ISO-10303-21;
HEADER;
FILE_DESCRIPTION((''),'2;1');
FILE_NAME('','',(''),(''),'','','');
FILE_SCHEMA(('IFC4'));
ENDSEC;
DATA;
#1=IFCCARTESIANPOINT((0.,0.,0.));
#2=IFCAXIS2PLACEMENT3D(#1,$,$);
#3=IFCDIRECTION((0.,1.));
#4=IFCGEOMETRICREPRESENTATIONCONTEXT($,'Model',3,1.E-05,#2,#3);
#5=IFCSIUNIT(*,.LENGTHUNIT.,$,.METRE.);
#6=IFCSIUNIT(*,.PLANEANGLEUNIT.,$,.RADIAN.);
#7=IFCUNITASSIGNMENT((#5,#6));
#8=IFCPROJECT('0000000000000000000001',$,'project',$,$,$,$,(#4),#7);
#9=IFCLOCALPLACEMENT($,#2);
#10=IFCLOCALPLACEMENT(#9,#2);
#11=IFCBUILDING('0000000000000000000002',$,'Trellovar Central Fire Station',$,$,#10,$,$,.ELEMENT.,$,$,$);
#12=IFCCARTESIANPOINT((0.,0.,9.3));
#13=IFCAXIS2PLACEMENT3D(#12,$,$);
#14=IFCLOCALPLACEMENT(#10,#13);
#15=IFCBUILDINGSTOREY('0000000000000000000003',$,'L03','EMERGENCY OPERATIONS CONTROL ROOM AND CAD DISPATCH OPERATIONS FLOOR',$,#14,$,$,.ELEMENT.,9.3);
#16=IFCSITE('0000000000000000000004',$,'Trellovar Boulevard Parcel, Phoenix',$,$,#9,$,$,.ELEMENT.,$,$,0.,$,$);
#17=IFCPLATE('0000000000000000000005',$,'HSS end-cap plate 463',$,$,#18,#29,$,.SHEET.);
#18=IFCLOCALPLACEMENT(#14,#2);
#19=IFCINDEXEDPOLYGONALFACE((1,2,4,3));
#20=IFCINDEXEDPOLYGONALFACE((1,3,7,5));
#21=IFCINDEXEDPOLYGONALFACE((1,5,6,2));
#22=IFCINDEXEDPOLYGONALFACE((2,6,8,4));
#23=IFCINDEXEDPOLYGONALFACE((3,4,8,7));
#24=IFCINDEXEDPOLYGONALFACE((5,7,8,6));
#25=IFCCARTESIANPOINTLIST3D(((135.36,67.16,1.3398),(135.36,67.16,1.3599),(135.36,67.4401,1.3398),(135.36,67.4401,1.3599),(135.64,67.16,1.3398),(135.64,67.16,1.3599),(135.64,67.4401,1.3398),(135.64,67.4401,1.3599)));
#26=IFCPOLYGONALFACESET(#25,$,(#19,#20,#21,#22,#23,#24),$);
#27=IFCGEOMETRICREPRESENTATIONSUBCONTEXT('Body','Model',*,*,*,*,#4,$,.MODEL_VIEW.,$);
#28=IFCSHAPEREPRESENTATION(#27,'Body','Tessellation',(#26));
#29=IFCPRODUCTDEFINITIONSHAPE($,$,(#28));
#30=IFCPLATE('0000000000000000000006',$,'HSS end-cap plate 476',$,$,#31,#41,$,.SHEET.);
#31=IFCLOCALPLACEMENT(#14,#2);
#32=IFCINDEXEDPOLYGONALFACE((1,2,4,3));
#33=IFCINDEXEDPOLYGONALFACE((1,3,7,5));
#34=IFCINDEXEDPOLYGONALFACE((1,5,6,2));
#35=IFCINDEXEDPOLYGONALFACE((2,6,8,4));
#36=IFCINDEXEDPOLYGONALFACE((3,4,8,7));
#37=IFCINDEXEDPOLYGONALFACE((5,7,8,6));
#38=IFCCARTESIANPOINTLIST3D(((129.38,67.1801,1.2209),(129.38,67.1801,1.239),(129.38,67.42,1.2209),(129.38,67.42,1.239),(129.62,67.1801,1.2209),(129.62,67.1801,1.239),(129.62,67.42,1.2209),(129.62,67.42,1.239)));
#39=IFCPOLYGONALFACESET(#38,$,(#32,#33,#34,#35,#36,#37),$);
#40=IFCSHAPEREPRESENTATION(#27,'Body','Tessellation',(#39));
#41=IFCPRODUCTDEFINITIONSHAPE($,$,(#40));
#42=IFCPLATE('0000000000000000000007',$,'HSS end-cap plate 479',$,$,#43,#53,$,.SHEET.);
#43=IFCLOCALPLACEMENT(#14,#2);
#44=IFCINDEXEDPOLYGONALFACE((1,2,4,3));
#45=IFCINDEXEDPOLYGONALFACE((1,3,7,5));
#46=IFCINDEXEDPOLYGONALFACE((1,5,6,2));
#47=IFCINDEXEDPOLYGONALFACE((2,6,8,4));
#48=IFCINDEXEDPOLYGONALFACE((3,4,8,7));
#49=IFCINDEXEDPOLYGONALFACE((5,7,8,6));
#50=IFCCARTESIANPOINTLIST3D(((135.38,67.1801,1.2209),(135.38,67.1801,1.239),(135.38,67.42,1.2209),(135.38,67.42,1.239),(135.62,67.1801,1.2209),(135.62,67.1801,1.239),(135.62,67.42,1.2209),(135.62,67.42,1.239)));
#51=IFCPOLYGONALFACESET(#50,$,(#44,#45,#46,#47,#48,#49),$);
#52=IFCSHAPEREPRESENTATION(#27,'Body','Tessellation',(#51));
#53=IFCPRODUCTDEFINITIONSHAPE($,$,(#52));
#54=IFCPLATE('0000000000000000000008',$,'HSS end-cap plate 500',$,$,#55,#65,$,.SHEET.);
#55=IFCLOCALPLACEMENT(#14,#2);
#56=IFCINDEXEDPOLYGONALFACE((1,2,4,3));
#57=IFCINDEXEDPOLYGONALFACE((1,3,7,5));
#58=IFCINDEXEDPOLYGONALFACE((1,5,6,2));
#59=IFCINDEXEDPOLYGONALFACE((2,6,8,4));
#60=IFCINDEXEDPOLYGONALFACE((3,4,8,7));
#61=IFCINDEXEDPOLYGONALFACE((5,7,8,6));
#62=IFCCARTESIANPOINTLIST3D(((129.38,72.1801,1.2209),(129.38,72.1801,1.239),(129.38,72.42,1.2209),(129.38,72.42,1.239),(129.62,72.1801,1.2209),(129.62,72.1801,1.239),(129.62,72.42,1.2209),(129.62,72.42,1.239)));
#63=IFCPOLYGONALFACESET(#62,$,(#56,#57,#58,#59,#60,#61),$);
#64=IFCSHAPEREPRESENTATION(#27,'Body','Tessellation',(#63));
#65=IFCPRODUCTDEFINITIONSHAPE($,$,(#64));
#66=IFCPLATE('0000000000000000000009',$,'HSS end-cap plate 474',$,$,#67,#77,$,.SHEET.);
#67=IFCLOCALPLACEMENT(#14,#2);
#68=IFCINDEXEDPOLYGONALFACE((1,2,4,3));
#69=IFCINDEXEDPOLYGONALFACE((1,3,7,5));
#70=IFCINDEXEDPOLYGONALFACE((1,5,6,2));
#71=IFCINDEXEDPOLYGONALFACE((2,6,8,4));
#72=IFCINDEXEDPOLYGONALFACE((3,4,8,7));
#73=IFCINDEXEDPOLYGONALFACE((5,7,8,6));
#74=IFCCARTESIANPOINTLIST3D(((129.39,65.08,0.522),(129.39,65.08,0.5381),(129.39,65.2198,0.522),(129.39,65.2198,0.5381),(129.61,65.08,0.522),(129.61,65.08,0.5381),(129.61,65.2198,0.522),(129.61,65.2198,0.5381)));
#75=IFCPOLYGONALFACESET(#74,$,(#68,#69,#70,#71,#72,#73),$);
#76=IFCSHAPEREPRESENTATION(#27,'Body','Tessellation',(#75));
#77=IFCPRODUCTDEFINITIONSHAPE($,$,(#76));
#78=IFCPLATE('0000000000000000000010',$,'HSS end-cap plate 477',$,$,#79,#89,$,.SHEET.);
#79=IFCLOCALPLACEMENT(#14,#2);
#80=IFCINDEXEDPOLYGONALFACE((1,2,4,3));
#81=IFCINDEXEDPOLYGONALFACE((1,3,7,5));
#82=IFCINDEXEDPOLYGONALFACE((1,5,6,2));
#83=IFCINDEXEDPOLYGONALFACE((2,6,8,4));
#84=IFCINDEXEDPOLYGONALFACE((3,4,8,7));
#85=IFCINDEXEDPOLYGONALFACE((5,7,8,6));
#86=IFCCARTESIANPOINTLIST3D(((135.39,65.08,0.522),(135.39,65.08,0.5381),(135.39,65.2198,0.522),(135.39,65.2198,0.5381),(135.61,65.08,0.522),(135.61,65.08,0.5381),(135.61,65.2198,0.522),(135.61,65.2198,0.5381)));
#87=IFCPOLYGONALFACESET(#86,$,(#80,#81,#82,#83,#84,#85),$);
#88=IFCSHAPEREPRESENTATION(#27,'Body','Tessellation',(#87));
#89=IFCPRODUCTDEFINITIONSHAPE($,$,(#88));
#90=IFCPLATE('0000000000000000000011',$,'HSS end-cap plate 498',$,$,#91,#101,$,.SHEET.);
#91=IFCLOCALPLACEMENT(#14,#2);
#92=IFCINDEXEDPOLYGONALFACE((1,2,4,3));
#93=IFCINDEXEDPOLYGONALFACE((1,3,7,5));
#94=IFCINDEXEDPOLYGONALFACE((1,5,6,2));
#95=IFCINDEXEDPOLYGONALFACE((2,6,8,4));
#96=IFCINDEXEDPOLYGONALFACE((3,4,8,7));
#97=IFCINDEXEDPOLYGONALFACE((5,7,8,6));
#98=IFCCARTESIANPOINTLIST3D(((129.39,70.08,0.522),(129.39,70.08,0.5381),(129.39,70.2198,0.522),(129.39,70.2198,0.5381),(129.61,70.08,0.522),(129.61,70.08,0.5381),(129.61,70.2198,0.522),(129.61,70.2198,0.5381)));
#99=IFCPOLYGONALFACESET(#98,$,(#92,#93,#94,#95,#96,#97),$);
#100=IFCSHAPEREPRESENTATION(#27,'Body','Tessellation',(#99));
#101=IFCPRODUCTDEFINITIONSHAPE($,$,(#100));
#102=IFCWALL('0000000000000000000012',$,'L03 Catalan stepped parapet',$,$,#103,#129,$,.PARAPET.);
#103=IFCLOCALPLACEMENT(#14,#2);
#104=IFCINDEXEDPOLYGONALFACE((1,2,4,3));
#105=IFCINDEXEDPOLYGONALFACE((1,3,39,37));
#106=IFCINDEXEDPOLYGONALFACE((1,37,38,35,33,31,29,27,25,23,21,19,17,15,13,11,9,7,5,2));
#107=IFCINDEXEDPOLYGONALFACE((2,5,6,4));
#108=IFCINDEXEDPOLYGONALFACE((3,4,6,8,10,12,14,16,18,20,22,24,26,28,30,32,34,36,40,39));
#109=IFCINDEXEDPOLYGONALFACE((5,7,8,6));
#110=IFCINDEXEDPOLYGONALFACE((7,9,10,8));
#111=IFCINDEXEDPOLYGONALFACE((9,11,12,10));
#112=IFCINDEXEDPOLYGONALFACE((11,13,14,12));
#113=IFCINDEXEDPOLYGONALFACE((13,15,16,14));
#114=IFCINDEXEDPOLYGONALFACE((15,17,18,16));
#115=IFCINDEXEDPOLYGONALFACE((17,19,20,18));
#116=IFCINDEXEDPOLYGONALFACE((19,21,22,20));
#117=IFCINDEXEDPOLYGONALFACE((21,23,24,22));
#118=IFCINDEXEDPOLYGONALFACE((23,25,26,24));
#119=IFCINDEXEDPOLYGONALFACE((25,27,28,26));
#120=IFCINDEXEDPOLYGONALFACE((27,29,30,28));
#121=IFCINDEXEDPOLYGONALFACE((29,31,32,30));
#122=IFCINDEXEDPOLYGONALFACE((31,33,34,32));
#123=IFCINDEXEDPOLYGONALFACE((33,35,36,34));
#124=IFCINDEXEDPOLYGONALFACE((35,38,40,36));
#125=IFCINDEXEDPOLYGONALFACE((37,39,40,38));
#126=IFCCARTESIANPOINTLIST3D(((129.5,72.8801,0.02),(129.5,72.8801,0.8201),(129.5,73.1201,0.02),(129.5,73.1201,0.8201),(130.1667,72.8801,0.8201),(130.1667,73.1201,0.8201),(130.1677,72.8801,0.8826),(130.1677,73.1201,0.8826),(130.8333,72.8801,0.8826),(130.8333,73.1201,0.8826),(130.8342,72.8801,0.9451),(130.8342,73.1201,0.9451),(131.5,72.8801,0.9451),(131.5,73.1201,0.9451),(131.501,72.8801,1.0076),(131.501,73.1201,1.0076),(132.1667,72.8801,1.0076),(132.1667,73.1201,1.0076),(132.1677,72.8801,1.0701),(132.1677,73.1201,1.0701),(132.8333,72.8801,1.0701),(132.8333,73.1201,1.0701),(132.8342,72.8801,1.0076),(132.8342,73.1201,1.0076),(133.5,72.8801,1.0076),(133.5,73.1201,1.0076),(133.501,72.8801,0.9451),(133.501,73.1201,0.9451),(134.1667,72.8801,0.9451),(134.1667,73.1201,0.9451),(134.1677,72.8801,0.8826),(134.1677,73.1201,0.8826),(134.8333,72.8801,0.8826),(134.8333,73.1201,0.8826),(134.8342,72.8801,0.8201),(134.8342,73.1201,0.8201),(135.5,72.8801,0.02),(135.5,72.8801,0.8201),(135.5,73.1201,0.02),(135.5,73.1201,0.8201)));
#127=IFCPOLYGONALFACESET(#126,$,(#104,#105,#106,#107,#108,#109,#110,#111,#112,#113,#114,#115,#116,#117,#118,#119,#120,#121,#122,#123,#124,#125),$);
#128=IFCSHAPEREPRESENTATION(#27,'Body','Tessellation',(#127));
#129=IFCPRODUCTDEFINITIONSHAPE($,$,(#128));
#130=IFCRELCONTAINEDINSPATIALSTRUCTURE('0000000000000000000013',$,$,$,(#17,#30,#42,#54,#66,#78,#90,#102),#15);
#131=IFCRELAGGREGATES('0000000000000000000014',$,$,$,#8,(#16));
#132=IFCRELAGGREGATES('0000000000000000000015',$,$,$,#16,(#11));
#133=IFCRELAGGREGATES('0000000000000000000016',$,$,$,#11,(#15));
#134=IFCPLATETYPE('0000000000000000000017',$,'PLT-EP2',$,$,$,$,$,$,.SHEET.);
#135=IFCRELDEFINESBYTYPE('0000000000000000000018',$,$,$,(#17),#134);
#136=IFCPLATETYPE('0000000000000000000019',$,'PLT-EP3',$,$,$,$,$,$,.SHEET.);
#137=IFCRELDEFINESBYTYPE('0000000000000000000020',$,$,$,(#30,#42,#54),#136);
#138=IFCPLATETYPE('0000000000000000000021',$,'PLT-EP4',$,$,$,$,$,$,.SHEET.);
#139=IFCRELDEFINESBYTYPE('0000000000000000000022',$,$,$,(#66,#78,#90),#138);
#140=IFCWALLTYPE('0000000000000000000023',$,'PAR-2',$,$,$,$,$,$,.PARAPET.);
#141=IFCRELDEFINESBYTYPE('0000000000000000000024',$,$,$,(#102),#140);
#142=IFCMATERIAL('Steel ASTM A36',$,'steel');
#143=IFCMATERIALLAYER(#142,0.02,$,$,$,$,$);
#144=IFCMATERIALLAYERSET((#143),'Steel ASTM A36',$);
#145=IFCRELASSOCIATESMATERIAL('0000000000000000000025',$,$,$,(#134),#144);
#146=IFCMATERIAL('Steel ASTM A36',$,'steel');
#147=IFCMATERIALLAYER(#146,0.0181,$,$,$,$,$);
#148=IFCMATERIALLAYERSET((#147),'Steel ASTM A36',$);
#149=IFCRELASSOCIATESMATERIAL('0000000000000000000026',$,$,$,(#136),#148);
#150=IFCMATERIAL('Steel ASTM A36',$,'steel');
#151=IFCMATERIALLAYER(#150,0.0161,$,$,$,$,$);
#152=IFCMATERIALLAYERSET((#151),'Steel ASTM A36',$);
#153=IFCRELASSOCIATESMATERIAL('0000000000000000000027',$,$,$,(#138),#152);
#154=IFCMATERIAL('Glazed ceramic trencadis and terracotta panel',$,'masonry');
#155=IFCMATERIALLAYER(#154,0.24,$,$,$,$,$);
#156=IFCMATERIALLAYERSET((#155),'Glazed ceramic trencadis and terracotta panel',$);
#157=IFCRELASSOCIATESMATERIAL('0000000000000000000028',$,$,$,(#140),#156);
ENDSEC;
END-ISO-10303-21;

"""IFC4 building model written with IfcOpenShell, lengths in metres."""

from ifc_helpers import new_model, si_unit, direction, frame, origin, origin_2d, place, context, subcontext, project, spatial, polyline, rectangle, outline, extrude, material, layer, layer_set, type_object, element, save


model = new_model("IFC4")

# Units and contexts
model_context = context("Model", 3, precision=1e-05, world=origin(), true_north=direction((0.0, 1.0)))
body_context = subcontext(model_context, "Body", "Model", "MODEL_VIEW")
ifc_project = project(units=[si_unit("LENGTHUNIT", "METRE"), si_unit("PLANEANGLEUNIT", "RADIAN")], contexts=[model_context])

# Site, building, storey
site_placement = place(None, origin())
site = spatial("IfcSite", under=ifc_project, at=site_placement, Name="Trellovar Boulevard Parcel, Phoenix", CompositionType="ELEMENT", RefElevation=0.0)
building_placement = place(site_placement, origin())
building = spatial("IfcBuilding", under=site, at=building_placement, Name="Trellovar Central Fire Station", CompositionType="ELEMENT")
storey_placement = place(building_placement, frame((0.0, 0.0, 9.3)))
storey = spatial("IfcBuildingStorey", under=building, at=storey_placement, Name="L03", Description="EMERGENCY OPERATIONS CONTROL ROOM AND CAD DISPATCH OPERATIONS FLOOR", CompositionType="ELEMENT", Elevation=9.3)

# Plates
ifc_material_1 = material(Name="Steel ASTM A36", Category="steel")
ifc_layer_1 = layer(ifc_material_1, 0.02)
ifc_layer_set_1 = layer_set([ifc_layer_1], Name="Steel ASTM A36")
plate_type_1 = type_object("IfcPlateType", Name="PLT-EP2", PredefinedType="SHEET", material=ifc_layer_set_1)
for number, where, z_axis, x_axis, name in (
    (1, (135.5, 67.3, 1.3398), (0.0, 0.0, 1.0), (1.0, 0.0, 0.0), "HSS end-cap plate 463"),
):
    element("IfcPlate", number, at=place(storey_placement, frame(where, z_axis=z_axis, x_axis=x_axis)), inside=storey, type_object=plate_type_1, Name=name, PredefinedType="SHEET", context=body_context, shape_type="SweptSolid", body=[
        extrude(rectangle(XDim=0.28, YDim=0.28, at=origin_2d()), origin(), (0.0, 0.0, 1.0), 0.02),
    ])
ifc_material_2 = material(Name="Steel ASTM A36", Category="steel")
ifc_layer_2 = layer(ifc_material_2, 0.0181)
ifc_layer_set_2 = layer_set([ifc_layer_2], Name="Steel ASTM A36")
plate_type_2 = type_object("IfcPlateType", Name="PLT-EP3", PredefinedType="SHEET", material=ifc_layer_set_2)
for number, where, z_axis, x_axis, name in (
    (2, (129.5, 67.3, 1.2209), (0.0, 0.0, 1.0), (1.0, 0.0, 0.0), "HSS end-cap plate 476"),
    (3, (135.5, 67.3, 1.2209), (0.0, 0.0, 1.0), (1.0, 0.0, 0.0), "HSS end-cap plate 479"),
    (4, (129.5, 72.3, 1.2209), (0.0, 0.0, 1.0), (1.0, 0.0, 0.0), "HSS end-cap plate 500"),
):
    element("IfcPlate", number, at=place(storey_placement, frame(where, z_axis=z_axis, x_axis=x_axis)), inside=storey, type_object=plate_type_2, Name=name, PredefinedType="SHEET", context=body_context, shape_type="SweptSolid", body=[
        extrude(rectangle(XDim=0.24, YDim=0.24, at=origin_2d()), origin(), (0.0, 0.0, 1.0), 0.0181),
    ])
ifc_material_3 = material(Name="Steel ASTM A36", Category="steel")
ifc_layer_3 = layer(ifc_material_3, 0.0161)
ifc_layer_set_3 = layer_set([ifc_layer_3], Name="Steel ASTM A36")
plate_type_3 = type_object("IfcPlateType", Name="PLT-EP4", PredefinedType="SHEET", material=ifc_layer_set_3)
for number, where, z_axis, x_axis, name in (
    (5, (129.5, 65.1499, 0.522), (0.0, 0.0, 1.0), (1.0, 0.0, 0.0), "HSS end-cap plate 474"),
    (6, (135.5, 65.1499, 0.522), (0.0, 0.0, 1.0), (1.0, 0.0, 0.0), "HSS end-cap plate 477"),
    (7, (129.5, 70.1499, 0.522), (0.0, 0.0, 1.0), (1.0, 0.0, 0.0), "HSS end-cap plate 498"),
):
    element("IfcPlate", number, at=place(storey_placement, frame(where, z_axis=z_axis, x_axis=x_axis)), inside=storey, type_object=plate_type_3, Name=name, PredefinedType="SHEET", context=body_context, shape_type="SweptSolid", body=[
        extrude(rectangle(XDim=0.22, YDim=0.1399, at=origin_2d()), origin(), (0.0, 0.0, 1.0), 0.0161),
    ])

# Wall
ifc_material_4 = material(Name="Glazed ceramic trencadis and terracotta panel", Category="masonry")
ifc_layer_4 = layer(ifc_material_4, 0.24)
ifc_layer_set_4 = layer_set([ifc_layer_4], Name="Glazed ceramic trencadis and terracotta panel")
wall_type = type_object("IfcWallType", Name="PAR-2", PredefinedType="PARAPET", material=ifc_layer_set_4)
wall_placement = place(storey_placement, frame((129.5, 73.0, 0.02), z_axis=(0.0, 0.0, 1.0), x_axis=(1.0, 0.0, 0.0)))
element("IfcWall", 8, at=wall_placement, inside=storey, type_object=wall_type, Name="L03 Catalan stepped parapet", PredefinedType="PARAPET", context=body_context, shape_type="SweptSolid", body=[
    extrude(outline(polyline([(0.0, 0.0), (6.0, 0.0), (6.0, 0.8), (5.3342, 0.8), (5.3333, 0.8625), (4.6677, 0.8625), (4.6667, 0.925), (4.001, 0.925), (4.0, 0.9875), (3.3342, 0.9875), (3.3333, 1.05), (2.6677, 1.05), (2.6667, 0.9875), (2.001, 0.9875), (2.0, 0.925), (1.3342, 0.925), (1.3333, 0.8625), (0.6677, 0.8625), (0.6667, 0.8), (0.0, 0.8), (0.0, 0.0)])), frame((0.0, 0.1201, 0.0), z_axis=(0.0, -1.0, 0.0), x_axis=(1.0, 0.0, 0.0)), (0.0, 0.0, 1.0), 0.24),
])

save(model, "model.ifc")
